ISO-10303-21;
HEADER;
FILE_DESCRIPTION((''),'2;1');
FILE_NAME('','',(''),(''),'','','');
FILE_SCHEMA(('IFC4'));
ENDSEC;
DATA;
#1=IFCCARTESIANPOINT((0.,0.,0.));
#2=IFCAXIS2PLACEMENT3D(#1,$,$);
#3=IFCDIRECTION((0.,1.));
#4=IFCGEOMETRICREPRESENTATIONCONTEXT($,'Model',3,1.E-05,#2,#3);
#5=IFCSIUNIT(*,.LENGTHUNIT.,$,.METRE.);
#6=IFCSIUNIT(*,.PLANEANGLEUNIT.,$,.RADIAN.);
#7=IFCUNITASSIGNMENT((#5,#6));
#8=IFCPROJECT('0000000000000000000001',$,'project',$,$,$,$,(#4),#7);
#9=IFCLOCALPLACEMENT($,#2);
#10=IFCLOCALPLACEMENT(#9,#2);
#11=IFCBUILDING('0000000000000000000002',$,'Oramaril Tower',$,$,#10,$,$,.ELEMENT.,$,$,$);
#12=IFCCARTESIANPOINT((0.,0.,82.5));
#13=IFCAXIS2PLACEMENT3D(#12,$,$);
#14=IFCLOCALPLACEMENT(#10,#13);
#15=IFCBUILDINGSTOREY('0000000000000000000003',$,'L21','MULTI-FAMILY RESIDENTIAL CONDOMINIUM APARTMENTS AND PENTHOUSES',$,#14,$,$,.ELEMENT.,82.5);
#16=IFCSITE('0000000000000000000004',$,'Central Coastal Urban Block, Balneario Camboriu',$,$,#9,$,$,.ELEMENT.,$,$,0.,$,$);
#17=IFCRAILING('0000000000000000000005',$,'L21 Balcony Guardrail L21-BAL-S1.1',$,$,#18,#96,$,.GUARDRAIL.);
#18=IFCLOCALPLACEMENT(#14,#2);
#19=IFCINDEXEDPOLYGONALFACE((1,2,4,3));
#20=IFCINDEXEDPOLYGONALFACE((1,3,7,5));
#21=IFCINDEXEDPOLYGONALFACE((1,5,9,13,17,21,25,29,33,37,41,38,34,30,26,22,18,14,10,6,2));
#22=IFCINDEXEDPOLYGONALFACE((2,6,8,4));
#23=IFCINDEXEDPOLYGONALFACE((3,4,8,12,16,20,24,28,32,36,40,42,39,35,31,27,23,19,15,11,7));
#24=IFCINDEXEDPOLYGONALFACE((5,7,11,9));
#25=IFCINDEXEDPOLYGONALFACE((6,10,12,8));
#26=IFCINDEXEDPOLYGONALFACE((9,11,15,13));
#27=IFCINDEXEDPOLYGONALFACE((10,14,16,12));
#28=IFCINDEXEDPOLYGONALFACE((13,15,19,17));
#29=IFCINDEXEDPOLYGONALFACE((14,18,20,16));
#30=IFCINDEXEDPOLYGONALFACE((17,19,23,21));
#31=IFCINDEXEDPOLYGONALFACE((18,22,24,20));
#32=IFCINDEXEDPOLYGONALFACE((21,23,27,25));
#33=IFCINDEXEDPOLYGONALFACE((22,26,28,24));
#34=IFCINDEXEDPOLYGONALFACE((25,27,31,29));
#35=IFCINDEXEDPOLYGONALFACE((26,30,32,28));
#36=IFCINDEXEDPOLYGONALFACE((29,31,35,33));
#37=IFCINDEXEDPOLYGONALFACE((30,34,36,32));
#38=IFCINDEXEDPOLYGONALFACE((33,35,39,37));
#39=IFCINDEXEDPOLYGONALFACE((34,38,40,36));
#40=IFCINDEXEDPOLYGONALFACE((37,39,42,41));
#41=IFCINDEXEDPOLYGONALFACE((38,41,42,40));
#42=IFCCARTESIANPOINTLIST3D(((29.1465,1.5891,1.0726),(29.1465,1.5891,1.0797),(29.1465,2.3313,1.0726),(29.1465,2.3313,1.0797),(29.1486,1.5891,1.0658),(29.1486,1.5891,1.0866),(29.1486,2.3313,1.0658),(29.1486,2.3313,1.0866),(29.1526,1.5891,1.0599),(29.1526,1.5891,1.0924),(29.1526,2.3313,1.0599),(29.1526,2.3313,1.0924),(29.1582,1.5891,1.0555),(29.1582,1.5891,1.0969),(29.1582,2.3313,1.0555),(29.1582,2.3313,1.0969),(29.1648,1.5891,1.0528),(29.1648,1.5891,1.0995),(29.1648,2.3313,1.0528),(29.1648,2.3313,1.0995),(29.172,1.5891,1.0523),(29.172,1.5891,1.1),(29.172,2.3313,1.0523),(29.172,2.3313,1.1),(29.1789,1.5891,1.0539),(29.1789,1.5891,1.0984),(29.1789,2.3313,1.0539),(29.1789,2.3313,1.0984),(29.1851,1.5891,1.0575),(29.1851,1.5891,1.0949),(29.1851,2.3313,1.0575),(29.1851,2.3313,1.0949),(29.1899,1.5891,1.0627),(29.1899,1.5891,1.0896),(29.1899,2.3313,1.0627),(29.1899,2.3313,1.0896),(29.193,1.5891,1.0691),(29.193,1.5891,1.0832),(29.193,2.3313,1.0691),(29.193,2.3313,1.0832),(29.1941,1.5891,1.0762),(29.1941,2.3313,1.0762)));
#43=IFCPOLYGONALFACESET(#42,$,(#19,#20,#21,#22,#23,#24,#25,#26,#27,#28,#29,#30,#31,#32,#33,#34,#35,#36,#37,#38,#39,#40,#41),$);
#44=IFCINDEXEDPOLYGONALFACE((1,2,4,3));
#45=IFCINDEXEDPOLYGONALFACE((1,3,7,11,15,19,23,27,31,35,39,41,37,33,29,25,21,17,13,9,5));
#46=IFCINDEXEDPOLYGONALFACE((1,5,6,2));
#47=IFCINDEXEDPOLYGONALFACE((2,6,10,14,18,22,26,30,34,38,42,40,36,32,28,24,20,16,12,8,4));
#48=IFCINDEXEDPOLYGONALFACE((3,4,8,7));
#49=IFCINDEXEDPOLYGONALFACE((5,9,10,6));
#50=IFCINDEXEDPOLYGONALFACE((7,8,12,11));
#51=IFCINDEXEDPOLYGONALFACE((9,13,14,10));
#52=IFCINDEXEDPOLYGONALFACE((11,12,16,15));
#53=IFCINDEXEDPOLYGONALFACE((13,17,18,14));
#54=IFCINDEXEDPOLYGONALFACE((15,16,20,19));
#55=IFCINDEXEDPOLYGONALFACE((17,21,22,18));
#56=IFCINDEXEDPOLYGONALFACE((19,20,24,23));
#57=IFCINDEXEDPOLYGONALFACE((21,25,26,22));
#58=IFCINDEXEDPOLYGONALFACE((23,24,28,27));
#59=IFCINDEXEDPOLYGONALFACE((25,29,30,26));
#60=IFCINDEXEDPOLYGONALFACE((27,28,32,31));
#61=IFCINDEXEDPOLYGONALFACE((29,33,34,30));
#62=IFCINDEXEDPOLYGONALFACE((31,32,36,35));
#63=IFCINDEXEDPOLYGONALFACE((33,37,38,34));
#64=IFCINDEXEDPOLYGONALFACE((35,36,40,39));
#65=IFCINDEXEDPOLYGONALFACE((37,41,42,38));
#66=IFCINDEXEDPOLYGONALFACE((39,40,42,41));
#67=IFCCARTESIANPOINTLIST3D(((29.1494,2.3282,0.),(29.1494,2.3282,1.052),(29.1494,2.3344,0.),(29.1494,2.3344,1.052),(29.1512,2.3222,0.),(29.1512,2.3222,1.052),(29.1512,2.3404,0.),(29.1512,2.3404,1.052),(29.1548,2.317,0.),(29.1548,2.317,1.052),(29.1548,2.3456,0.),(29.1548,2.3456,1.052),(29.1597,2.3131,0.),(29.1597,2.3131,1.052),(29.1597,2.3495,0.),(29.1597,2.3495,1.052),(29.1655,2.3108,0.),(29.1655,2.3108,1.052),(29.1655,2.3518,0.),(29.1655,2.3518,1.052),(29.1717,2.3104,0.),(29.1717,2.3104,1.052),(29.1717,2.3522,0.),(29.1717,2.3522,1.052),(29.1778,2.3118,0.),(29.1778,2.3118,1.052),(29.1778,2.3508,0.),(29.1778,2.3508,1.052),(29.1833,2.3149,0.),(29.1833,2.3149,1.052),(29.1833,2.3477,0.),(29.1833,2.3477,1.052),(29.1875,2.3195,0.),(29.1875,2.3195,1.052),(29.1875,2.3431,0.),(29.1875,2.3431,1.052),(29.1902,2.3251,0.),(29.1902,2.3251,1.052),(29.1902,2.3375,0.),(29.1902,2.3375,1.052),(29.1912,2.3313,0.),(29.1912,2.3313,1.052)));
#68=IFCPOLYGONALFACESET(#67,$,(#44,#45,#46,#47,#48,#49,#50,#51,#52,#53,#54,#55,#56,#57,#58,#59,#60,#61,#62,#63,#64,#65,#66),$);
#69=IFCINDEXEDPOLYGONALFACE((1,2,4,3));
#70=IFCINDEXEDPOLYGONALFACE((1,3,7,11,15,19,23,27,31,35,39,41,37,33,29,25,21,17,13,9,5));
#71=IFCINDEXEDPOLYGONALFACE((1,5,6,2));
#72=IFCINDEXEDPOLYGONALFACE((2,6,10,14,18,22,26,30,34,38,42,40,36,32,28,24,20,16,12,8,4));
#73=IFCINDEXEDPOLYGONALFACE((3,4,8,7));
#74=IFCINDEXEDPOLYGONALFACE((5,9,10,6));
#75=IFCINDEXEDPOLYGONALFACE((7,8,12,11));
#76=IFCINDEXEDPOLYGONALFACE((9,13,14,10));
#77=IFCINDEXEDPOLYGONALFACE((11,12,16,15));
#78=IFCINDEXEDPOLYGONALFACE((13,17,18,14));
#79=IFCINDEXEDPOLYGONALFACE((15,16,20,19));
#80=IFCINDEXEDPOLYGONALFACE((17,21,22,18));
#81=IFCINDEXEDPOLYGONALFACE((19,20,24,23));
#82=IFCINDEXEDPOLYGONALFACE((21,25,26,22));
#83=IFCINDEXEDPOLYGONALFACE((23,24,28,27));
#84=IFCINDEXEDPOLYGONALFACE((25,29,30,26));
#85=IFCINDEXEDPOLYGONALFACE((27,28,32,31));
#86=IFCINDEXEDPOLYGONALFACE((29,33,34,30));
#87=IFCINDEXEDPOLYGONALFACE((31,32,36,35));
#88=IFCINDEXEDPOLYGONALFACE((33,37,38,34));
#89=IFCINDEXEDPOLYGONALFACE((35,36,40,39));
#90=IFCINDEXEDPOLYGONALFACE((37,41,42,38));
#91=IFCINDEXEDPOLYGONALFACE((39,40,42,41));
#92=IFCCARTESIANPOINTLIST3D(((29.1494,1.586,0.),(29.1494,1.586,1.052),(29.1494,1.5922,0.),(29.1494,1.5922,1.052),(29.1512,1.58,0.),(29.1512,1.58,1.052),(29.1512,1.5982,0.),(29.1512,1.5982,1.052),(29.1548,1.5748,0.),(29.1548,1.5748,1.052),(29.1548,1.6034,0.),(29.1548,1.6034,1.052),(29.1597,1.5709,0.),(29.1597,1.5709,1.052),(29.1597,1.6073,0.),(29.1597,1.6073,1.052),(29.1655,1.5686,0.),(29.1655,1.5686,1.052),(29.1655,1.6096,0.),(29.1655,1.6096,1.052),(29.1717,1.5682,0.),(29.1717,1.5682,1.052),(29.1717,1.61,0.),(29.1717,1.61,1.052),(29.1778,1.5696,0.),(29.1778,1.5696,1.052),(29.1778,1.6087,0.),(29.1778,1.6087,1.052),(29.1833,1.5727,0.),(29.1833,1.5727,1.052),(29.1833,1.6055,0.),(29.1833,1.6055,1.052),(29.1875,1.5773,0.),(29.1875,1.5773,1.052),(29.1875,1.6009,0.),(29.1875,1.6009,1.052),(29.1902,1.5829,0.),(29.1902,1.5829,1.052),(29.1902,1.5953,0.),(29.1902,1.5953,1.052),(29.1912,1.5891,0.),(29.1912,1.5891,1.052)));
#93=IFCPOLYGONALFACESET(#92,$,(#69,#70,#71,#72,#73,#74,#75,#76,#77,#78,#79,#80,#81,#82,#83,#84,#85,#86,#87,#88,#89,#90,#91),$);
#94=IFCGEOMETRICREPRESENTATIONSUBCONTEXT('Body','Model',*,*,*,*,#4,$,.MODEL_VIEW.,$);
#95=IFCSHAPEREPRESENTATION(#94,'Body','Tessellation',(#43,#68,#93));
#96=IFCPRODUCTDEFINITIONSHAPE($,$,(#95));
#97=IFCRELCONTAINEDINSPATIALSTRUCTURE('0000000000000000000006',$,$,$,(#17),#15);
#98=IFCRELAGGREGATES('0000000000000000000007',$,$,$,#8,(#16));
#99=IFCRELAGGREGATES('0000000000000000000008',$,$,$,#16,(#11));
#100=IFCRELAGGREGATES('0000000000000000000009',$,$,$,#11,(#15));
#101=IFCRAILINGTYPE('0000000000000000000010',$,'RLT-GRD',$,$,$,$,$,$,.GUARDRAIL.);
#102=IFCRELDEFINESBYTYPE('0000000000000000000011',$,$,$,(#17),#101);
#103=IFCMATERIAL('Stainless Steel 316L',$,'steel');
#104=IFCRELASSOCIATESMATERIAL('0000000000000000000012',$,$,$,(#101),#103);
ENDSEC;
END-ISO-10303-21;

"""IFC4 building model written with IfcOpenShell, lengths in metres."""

from ifc_helpers import new_model, si_unit, direction, frame, origin, origin_2d, place, context, subcontext, project, spatial, circle, extrude, material, type_object, element, save


model = new_model("IFC4")

# Units and contexts
model_context = context("Model", 3, precision=1e-05, world=origin(), true_north=direction((0.0, 1.0)))
body_context = subcontext(model_context, "Body", "Model", "MODEL_VIEW")
ifc_project = project(units=[si_unit("LENGTHUNIT", "METRE"), si_unit("PLANEANGLEUNIT", "RADIAN")], contexts=[model_context])

# Site, building, storey
site_placement = place(None, origin())
site = spatial("IfcSite", under=ifc_project, at=site_placement, Name="Central Coastal Urban Block, Balneario Camboriu", CompositionType="ELEMENT", RefElevation=0.0)
building_placement = place(site_placement, origin())
building = spatial("IfcBuilding", under=site, at=building_placement, Name="Oramaril Tower", CompositionType="ELEMENT")
storey_placement = place(building_placement, frame((0.0, 0.0, 82.5)))
storey = spatial("IfcBuildingStorey", under=building, at=storey_placement, Name="L21", Description="MULTI-FAMILY RESIDENTIAL CONDOMINIUM APARTMENTS AND PENTHOUSES", CompositionType="ELEMENT", Elevation=82.5)

# Railing
ifc_material_1 = material(Name="Stainless Steel 316L", Category="steel")
railing_type = type_object("IfcRailingType", Name="RLT-GRD", PredefinedType="GUARDRAIL", material=ifc_material_1)
railing_1_placement = place(storey_placement, frame((29.1702, 2.3313, 0.0)))
element("IfcRailing", 1, at=railing_1_placement, inside=storey, type_object=railing_type, Name="L21 Balcony Guardrail L21-BAL-S1.1", PredefinedType="GUARDRAIL", context=body_context, shape_type="SweptSolid", body=[
    extrude(circle(Radius=0.0239, at=origin_2d()), frame((0.0, 0.0, 1.0762), z_axis=(0.0, -1.0, 0.0), x_axis=(1.0, 0.0, 0.0)), (0.0, 0.0, 1.0), 0.7422),
    extrude(circle(Radius=0.021, at=origin_2d()), origin(), (0.0, 0.0, 1.0), 1.052),
    extrude(circle(Radius=0.021, at=origin_2d()), frame((0.0, -0.7422, 0.0)), (0.0, 0.0, 1.0), 1.052),
])

save(model, "model.ifc")
